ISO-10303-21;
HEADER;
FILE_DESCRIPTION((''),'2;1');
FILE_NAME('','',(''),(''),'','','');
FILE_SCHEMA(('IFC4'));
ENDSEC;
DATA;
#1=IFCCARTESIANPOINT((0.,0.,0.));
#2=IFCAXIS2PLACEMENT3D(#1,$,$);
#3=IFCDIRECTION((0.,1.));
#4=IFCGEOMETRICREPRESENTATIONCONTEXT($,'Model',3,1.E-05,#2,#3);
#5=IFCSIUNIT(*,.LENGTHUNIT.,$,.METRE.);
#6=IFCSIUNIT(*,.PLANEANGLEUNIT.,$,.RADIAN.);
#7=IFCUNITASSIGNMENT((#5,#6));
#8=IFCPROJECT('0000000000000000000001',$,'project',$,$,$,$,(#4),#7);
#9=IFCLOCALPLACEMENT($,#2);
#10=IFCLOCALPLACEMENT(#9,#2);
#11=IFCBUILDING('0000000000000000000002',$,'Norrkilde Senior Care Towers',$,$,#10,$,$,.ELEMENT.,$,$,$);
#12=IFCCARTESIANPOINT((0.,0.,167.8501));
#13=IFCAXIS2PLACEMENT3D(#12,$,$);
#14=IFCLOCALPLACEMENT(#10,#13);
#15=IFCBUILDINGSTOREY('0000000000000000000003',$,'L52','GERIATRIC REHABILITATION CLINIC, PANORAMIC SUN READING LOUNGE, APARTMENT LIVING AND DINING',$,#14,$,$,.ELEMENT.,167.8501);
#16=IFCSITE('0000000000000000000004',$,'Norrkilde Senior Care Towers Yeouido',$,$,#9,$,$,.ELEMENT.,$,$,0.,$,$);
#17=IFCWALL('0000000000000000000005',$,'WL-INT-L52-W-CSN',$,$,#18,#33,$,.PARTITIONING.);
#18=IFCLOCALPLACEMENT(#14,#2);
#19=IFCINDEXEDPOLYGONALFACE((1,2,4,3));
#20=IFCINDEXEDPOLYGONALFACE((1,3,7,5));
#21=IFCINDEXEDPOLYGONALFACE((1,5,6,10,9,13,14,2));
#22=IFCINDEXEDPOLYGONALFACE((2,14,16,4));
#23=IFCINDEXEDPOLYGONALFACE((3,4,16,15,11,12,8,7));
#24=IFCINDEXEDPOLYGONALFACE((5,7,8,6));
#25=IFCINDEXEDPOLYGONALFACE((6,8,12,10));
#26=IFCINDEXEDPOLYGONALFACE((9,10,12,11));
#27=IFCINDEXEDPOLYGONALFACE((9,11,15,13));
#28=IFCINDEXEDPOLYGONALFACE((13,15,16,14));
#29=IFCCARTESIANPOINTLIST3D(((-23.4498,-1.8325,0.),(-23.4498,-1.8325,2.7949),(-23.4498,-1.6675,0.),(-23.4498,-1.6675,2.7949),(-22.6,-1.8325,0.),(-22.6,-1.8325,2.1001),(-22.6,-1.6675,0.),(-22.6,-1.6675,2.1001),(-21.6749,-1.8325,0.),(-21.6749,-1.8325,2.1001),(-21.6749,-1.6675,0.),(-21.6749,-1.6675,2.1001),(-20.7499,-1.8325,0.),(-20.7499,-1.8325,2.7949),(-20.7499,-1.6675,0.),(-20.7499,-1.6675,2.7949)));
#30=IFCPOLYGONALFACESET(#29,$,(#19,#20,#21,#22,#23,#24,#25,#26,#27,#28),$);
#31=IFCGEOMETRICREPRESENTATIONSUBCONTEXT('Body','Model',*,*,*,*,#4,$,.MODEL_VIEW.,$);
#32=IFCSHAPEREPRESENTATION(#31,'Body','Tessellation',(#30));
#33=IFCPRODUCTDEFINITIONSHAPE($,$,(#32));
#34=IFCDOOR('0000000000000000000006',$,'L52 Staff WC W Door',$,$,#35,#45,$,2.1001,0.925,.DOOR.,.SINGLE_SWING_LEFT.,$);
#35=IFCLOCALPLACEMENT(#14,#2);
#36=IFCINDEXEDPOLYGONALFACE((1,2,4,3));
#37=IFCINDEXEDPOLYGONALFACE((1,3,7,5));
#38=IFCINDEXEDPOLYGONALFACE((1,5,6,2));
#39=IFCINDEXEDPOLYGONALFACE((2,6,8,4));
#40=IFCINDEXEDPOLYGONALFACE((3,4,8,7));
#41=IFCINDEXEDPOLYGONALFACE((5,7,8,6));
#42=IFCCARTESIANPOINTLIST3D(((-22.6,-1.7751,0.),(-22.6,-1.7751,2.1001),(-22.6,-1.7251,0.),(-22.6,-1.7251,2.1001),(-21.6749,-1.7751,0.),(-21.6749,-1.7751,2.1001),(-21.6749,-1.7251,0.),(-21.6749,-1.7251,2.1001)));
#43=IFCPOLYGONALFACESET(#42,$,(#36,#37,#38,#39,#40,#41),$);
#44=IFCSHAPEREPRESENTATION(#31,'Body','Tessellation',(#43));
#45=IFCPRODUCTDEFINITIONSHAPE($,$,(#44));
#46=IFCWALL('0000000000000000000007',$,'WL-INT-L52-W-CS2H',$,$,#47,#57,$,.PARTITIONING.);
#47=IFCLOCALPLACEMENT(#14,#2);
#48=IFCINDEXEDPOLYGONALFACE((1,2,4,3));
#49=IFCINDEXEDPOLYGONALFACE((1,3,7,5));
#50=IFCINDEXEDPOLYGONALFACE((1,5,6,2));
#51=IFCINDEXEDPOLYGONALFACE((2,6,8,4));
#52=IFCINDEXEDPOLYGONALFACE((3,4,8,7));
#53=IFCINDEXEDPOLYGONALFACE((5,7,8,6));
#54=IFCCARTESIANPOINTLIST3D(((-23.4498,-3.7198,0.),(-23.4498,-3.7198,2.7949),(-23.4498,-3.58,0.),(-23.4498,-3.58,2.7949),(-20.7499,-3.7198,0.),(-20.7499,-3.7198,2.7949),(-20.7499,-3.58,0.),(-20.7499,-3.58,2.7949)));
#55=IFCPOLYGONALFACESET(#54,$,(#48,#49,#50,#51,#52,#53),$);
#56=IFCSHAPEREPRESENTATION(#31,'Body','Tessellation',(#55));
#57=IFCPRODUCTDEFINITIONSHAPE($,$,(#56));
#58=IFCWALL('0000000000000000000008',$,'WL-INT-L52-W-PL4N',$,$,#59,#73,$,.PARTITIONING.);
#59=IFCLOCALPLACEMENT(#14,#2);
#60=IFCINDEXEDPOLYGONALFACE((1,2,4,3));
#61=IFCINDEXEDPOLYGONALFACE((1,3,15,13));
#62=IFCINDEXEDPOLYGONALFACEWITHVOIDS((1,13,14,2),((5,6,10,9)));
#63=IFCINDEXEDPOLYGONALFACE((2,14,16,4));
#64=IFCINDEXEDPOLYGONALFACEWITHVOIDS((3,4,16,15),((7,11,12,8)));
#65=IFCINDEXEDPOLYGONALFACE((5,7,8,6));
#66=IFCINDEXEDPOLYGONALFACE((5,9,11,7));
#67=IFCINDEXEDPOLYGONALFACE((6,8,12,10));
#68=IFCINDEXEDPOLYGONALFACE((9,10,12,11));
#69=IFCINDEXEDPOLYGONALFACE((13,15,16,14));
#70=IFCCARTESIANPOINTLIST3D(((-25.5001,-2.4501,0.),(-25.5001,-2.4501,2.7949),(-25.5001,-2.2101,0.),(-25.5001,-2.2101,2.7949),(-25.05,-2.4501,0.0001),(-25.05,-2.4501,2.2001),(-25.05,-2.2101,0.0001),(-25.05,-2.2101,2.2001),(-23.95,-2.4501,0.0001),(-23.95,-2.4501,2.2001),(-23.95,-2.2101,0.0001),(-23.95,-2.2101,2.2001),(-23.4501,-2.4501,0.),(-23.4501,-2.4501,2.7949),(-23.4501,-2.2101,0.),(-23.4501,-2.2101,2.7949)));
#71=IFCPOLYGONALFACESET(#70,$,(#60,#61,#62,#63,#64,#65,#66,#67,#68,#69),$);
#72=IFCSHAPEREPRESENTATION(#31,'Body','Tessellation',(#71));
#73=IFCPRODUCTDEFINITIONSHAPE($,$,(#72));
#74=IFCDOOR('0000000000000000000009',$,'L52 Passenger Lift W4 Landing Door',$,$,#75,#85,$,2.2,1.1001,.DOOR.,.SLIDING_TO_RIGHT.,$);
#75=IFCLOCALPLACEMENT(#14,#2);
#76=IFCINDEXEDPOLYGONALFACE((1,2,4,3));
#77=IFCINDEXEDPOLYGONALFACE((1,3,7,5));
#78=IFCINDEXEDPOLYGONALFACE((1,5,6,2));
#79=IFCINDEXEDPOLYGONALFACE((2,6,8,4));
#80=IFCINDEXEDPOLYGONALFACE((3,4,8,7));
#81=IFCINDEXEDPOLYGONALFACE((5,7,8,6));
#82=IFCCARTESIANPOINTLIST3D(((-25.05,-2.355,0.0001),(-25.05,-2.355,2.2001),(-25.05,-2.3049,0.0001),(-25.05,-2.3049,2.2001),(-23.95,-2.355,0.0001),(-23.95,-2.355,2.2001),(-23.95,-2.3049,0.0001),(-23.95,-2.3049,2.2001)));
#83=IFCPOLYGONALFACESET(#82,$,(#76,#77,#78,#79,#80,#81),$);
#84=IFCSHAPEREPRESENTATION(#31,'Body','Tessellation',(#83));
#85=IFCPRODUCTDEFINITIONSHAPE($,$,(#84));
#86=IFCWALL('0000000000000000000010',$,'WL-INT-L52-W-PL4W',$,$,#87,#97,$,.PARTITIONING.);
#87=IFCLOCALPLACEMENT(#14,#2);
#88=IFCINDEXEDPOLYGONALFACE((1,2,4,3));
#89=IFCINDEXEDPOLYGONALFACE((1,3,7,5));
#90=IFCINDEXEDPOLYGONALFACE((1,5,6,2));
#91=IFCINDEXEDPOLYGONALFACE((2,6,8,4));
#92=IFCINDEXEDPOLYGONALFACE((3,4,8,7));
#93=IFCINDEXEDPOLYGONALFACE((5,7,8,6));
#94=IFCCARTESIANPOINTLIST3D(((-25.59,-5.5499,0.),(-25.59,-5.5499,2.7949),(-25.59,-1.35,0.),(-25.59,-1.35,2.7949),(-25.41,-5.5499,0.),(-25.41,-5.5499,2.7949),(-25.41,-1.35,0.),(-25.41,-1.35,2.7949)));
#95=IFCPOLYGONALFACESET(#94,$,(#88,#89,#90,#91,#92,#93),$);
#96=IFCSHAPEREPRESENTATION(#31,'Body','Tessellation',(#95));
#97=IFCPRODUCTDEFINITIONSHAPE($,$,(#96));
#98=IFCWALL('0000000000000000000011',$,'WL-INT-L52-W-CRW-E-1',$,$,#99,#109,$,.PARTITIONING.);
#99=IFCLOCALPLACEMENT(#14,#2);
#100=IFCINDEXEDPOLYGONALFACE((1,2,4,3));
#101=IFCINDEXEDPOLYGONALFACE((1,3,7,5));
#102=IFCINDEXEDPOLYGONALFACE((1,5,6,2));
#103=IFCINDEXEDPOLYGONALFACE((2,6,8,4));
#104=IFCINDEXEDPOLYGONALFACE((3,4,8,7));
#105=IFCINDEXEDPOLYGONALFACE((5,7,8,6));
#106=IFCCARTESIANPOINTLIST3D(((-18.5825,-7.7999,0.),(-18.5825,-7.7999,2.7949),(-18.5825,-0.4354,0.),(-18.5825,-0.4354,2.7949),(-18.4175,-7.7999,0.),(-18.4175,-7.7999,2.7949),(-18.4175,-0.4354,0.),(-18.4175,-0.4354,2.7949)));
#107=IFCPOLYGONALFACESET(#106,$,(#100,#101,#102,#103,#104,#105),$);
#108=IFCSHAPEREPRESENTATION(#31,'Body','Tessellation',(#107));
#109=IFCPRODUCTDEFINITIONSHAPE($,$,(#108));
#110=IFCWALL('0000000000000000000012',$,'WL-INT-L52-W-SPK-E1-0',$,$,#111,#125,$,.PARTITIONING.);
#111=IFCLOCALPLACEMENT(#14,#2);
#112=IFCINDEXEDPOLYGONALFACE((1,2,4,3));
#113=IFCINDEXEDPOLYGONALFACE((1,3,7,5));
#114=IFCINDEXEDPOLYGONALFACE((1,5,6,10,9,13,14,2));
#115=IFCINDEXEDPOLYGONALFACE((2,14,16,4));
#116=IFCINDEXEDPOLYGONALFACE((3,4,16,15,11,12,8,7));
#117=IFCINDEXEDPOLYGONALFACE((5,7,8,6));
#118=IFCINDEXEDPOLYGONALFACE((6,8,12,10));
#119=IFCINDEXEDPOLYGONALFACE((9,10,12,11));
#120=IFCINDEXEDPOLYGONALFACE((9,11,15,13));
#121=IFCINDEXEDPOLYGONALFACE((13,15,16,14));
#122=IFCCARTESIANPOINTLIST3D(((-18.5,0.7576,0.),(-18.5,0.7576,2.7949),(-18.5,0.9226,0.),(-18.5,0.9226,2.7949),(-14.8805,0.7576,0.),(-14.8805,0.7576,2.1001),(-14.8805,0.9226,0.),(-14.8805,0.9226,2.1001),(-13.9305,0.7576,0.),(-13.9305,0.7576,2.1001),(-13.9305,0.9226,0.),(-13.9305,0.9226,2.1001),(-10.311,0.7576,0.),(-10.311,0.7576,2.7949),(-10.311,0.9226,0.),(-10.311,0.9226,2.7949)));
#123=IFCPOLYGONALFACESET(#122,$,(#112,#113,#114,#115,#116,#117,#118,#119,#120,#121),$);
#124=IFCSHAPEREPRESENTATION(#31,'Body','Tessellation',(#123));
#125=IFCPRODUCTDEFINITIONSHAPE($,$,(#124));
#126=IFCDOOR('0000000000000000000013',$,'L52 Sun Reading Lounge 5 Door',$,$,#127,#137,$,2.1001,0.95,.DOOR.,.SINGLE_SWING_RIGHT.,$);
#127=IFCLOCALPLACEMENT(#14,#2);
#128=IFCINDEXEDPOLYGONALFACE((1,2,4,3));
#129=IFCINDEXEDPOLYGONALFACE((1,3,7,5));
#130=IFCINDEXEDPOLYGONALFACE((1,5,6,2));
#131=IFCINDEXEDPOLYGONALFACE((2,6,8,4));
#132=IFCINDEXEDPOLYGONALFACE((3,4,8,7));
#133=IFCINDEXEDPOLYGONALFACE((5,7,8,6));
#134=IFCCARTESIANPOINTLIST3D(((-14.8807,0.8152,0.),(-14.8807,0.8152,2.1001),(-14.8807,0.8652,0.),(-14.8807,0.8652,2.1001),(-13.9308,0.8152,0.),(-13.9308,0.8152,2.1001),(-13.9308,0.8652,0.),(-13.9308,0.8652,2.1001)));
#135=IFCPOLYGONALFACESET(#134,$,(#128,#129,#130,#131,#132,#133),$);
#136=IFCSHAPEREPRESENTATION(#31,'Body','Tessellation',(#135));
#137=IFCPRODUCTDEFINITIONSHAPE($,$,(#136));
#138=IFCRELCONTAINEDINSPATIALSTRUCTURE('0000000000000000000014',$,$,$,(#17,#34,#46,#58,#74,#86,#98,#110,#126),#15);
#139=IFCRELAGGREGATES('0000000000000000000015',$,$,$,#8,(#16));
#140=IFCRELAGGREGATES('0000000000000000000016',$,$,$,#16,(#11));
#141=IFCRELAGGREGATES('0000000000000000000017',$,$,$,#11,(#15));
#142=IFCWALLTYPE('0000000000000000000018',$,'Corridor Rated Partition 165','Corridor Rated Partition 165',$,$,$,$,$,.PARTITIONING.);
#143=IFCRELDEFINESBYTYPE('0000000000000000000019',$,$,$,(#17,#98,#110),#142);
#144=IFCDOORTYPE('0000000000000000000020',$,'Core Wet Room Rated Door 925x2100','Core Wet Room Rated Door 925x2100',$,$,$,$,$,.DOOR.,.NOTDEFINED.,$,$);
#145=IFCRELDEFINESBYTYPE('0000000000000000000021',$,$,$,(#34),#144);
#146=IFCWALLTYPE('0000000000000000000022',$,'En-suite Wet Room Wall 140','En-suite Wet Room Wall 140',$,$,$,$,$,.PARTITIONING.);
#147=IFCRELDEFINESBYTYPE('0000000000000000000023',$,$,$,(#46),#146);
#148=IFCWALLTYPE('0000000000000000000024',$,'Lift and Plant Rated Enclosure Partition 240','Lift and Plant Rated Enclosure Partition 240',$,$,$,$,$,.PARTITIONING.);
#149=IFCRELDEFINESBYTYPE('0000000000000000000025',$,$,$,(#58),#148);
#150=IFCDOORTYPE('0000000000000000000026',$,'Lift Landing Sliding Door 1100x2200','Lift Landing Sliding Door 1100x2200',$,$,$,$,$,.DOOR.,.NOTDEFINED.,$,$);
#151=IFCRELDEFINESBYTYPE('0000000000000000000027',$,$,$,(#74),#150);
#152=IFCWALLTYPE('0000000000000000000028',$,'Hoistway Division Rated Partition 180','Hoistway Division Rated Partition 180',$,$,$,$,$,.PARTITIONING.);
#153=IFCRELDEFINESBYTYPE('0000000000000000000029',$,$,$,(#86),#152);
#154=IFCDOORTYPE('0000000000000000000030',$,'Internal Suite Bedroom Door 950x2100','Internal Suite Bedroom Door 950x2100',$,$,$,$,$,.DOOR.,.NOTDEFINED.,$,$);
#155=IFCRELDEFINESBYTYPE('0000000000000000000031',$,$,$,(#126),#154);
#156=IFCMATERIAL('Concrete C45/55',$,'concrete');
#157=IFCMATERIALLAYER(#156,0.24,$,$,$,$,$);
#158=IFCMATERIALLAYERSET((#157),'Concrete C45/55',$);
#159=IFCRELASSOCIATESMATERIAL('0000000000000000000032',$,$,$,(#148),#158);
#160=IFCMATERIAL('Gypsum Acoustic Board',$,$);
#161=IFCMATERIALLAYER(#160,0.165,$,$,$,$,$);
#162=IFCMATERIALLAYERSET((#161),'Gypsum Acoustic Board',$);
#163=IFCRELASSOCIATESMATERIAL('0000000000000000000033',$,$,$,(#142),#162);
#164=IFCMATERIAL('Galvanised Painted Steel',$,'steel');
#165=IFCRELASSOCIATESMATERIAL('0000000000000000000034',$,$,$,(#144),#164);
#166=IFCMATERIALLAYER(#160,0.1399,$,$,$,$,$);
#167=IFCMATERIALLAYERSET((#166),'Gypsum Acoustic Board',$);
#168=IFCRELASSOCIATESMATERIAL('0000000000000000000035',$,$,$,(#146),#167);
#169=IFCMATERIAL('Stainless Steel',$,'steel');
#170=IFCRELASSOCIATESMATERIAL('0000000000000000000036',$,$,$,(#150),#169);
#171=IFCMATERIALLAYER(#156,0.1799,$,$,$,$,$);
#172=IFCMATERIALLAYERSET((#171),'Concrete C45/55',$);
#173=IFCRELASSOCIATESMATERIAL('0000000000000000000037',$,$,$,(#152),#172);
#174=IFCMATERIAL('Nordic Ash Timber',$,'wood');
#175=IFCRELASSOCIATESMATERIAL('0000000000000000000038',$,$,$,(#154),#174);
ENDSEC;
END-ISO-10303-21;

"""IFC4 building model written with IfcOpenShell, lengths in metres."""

from ifc_helpers import new_model, si_unit, direction, frame, frame_2d, origin, place, context, subcontext, project, spatial, rectangle, extrude, source, transform, mapped, material, layer, layer_set, type_object, type_shapes, element, fill, save


model = new_model("IFC4")

# Units and contexts
model_context = context("Model", 3, precision=1e-05, world=origin(), true_north=direction((0.0, 1.0)))
body_context = subcontext(model_context, "Body", "Model", "MODEL_VIEW")
ifc_project = project(units=[si_unit("LENGTHUNIT", "METRE"), si_unit("PLANEANGLEUNIT", "RADIAN")], contexts=[model_context])

# Site, building, storey
site_placement = place(None, origin())
site = spatial("IfcSite", under=ifc_project, at=site_placement, Name="Norrkilde Senior Care Towers Yeouido", CompositionType="ELEMENT", RefElevation=0.0)
building_placement = place(site_placement, origin())
building = spatial("IfcBuilding", under=site, at=building_placement, Name="Norrkilde Senior Care Towers", CompositionType="ELEMENT")
storey_placement = place(building_placement, frame((0.0, 0.0, 167.8501)))
storey = spatial("IfcBuildingStorey", under=building, at=storey_placement, Name="L52", Description="GERIATRIC REHABILITATION CLINIC, PANORAMIC SUN READING LOUNGE, APARTMENT LIVING AND DINING", CompositionType="ELEMENT", Elevation=167.8501)

# Shared definitions
ifc_material_1 = material(Name="Concrete C45/55", Category="concrete")
ifc_layer_1 = layer(ifc_material_1, 0.24)
ifc_layer_set_1 = layer_set([ifc_layer_1], Name="Concrete C45/55")
wall_type_1 = type_object("IfcWallType", Name="Lift and Plant Rated Enclosure Partition 240", Description="Lift and Plant Rated Enclosure Partition 240", PredefinedType="PARTITIONING", material=ifc_layer_set_1)
ifc_material_2 = material(Name="Stainless Steel", Category="steel")

# Shared definitions
ifc_material_3 = material(Name="Galvanised Painted Steel", Category="steel")

# Wall, opening, door
ifc_material_4 = material(Name="Gypsum Acoustic Board")
ifc_layer_2 = layer(ifc_material_4, 0.165)
ifc_layer_set_2 = layer_set([ifc_layer_2], Name="Gypsum Acoustic Board")
wall_type_2 = type_object("IfcWallType", Name="Corridor Rated Partition 165", Description="Corridor Rated Partition 165", PredefinedType="PARTITIONING", material=ifc_layer_set_2)
shared_shape_1 = source(origin(), body_context, "Body", "SweptSolid", [
    extrude(rectangle(XDim=2.7, YDim=0.165, at=frame_2d((1.3501, 0.0))), origin(), (0.0, 0.0, 1.0), 2.7949),
])
wall_1_placement = place(storey_placement, frame((-23.45, -1.75, 0.0), z_axis=(0.0, 0.0, 1.0), x_axis=(1.0, 0.0, 0.0)))
wall_1 = element("IfcWall", 1, at=wall_1_placement, inside=storey, type_object=wall_type_2, Name="WL-INT-L52-W-CSN", PredefinedType="PARTITIONING", context=body_context, shape_type="MappedRepresentation", body=[
    mapped(shared_shape_1, transform((0.0, 0.0, 0.0), x_axis=(1.0, 0.0, 0.0), y_axis=(0.0, 1.0, 0.0), z_axis=(0.0, 0.0, 1.0), scale=1.0)),
])
opening_1_placement = place(wall_1_placement, frame((0.8501, 0.0, 0.0)))
opening_1 = element("IfcOpeningElement", 2, at=opening_1_placement, cuts=wall_1, PredefinedType="OPENING", context=body_context, shape_type="SweptSolid", body=[
    extrude(rectangle(XDim=0.925, YDim=2.1001, at=frame_2d((0.4624, 1.05))), frame((0.0, 0.0925, 0.0), z_axis=(0.0, -1.0, 0.0), x_axis=(1.0, 0.0, 0.0)), (0.0, 0.0, 1.0), 0.1851),
])
door_type_1 = type_object("IfcDoorType", Name="Core Wet Room Rated Door 925x2100", Description="Core Wet Room Rated Door 925x2100", OperationType="NOTDEFINED", PredefinedType="DOOR", material=ifc_material_3)
shared_shape_2 = source(origin(), body_context, "Body", "SweptSolid", [
    extrude(rectangle(XDim=0.925, YDim=2.1001, at=frame_2d((0.4624, 1.05))), frame((0.0, 0.0249, 0.0), z_axis=(0.0, -1.0, 0.0), x_axis=(1.0, 0.0, 0.0)), (0.0, 0.0, 1.0), 0.05),
])
type_shapes(door_type_1, [shared_shape_2])
door_1_placement = place(opening_1_placement, origin())
door_1 = element("IfcDoor", 3, at=door_1_placement, inside=storey, type_object=door_type_1, Name="L52 Staff WC W Door", OperationType="SINGLE_SWING_LEFT", OverallHeight=2.1001, OverallWidth=0.925, PredefinedType="DOOR", context=body_context, shape_type="MappedRepresentation", body=[
    mapped(shared_shape_2, transform((0.0, 0.0, 0.0), x_axis=(1.0, 0.0, 0.0), y_axis=(0.0, 1.0, 0.0), z_axis=(0.0, 0.0, 1.0), scale=1.0)),
])
fill(opening_1, door_1)

# Wall
ifc_layer_3 = layer(ifc_material_4, 0.1399)
ifc_layer_set_3 = layer_set([ifc_layer_3], Name="Gypsum Acoustic Board")
wall_type_3 = type_object("IfcWallType", Name="En-suite Wet Room Wall 140", Description="En-suite Wet Room Wall 140", PredefinedType="PARTITIONING", material=ifc_layer_set_3)
shared_shape_3 = source(origin(), body_context, "Body", "SweptSolid", [
    extrude(rectangle(XDim=2.7, YDim=0.1399, at=frame_2d((1.3501, 0.0))), origin(), (0.0, 0.0, 1.0), 2.7949),
])
type_shapes(wall_type_3, [shared_shape_3])
wall_2_placement = place(storey_placement, frame((-23.45, -3.6499, 0.0), z_axis=(0.0, 0.0, 1.0), x_axis=(1.0, 0.0, 0.0)))
element("IfcWall", 4, at=wall_2_placement, inside=storey, type_object=wall_type_3, Name="WL-INT-L52-W-CS2H", PredefinedType="PARTITIONING", context=body_context, shape_type="MappedRepresentation", body=[
    mapped(shared_shape_3, transform((0.0, 0.0, 0.0), x_axis=(1.0, 0.0, 0.0), y_axis=(0.0, 1.0, 0.0), z_axis=(0.0, 0.0, 1.0), scale=1.0)),
])

# Wall, opening, door
shared_shape_4 = source(origin(), body_context, "Body", "SweptSolid", [
    extrude(rectangle(XDim=2.05, YDim=0.24, at=frame_2d((1.0249, 0.0))), origin(), (0.0, 0.0, 1.0), 2.7949),
])
wall_3_placement = place(storey_placement, frame((-25.5, -2.3301, 0.0), z_axis=(0.0, 0.0, 1.0), x_axis=(1.0, 0.0, 0.0)))
wall_3 = element("IfcWall", 5, at=wall_3_placement, inside=storey, type_object=wall_type_1, Name="WL-INT-L52-W-PL4N", PredefinedType="PARTITIONING", context=body_context, shape_type="MappedRepresentation", body=[
    mapped(shared_shape_4, transform((0.0, 0.0, 0.0), x_axis=(1.0, 0.0, 0.0), y_axis=(0.0, 1.0, 0.0), z_axis=(0.0, 0.0, 1.0), scale=1.0)),
])
opening_2_placement = place(wall_3_placement, frame((0.45, 0.0, 0.0)))
opening_2 = element("IfcOpeningElement", 6, at=opening_2_placement, cuts=wall_3, PredefinedType="OPENING", context=body_context, shape_type="SweptSolid", body=[
    extrude(rectangle(XDim=1.1001, YDim=2.2, at=frame_2d((0.55, 1.1001))), frame((0.0, 0.1299, 0.0), z_axis=(0.0, -1.0, 0.0), x_axis=(1.0, 0.0, 0.0)), (0.0, 0.0, 1.0), 0.26),
])
door_type_2 = type_object("IfcDoorType", Name="Lift Landing Sliding Door 1100x2200", Description="Lift Landing Sliding Door 1100x2200", OperationType="NOTDEFINED", PredefinedType="DOOR", material=ifc_material_2)
shared_shape_5 = source(origin(), body_context, "Body", "SweptSolid", [
    extrude(rectangle(XDim=1.1001, YDim=2.2, at=frame_2d((0.55, 1.1001))), frame((0.0, 0.0249, 0.0), z_axis=(0.0, -1.0, 0.0), x_axis=(1.0, 0.0, 0.0)), (0.0, 0.0, 1.0), 0.05),
])
type_shapes(door_type_2, [shared_shape_5])
door_2_placement = place(opening_2_placement, frame((1.1001, 0.0, 0.0), z_axis=(0.0, 0.0, 1.0), x_axis=(-1.0, 0.0, 0.0)))
door_2 = element("IfcDoor", 7, at=door_2_placement, inside=storey, type_object=door_type_2, Name="L52 Passenger Lift W4 Landing Door", OperationType="SLIDING_TO_RIGHT", OverallHeight=2.2, OverallWidth=1.1001, PredefinedType="DOOR", context=body_context, shape_type="MappedRepresentation", body=[
    mapped(shared_shape_5, transform((0.0, 0.0, 0.0), x_axis=(1.0, 0.0, 0.0), y_axis=(0.0, 1.0, 0.0), z_axis=(0.0, 0.0, 1.0), scale=1.0)),
])
fill(opening_2, door_2)

# Walls
ifc_layer_4 = layer(ifc_material_1, 0.1799)
ifc_layer_set_4 = layer_set([ifc_layer_4], Name="Concrete C45/55")
wall_type_4 = type_object("IfcWallType", Name="Hoistway Division Rated Partition 180", Description="Hoistway Division Rated Partition 180", PredefinedType="PARTITIONING", material=ifc_layer_set_4)
shared_shape_6 = source(origin(), body_context, "Body", "SweptSolid", [
    extrude(rectangle(XDim=4.2, YDim=0.1799, at=frame_2d((2.1001, 0.0))), origin(), (0.0, 0.0, 1.0), 2.7949),
])
type_shapes(wall_type_4, [shared_shape_6])
wall_4_placement = place(storey_placement, frame((-25.5, -5.55, 0.0), z_axis=(0.0, 0.0, 1.0), x_axis=(0.0, 1.0, 0.0)))
element("IfcWall", 8, at=wall_4_placement, inside=storey, type_object=wall_type_4, Name="WL-INT-L52-W-PL4W", PredefinedType="PARTITIONING", context=body_context, shape_type="MappedRepresentation", body=[
    mapped(shared_shape_6, transform((0.0, 0.0, 0.0), x_axis=(1.0, 0.0, 0.0), y_axis=(0.0, 1.0, 0.0), z_axis=(0.0, 0.0, 1.0), scale=1.0)),
])
shared_shape_7 = source(origin(), body_context, "Body", "SweptSolid", [
    extrude(rectangle(XDim=7.3645, YDim=0.165, at=frame_2d((3.6821, 0.0))), origin(), (0.0, 0.0, 1.0), 2.7949),
])
wall_5_placement = place(storey_placement, frame((-18.5, -0.4355, 0.0), z_axis=(0.0, 0.0, 1.0), x_axis=(0.0, -1.0, 0.0)))
element("IfcWall", 9, at=wall_5_placement, inside=storey, type_object=wall_type_2, Name="WL-INT-L52-W-CRW-E-1", PredefinedType="PARTITIONING", context=body_context, shape_type="MappedRepresentation", body=[
    mapped(shared_shape_7, transform((0.0, 0.0, 0.0), x_axis=(1.0, 0.0, 0.0), y_axis=(0.0, 1.0, 0.0), z_axis=(0.0, 0.0, 1.0), scale=1.0)),
])

# Wall, opening, door
shared_shape_8 = source(origin(), body_context, "Body", "SweptSolid", [
    extrude(rectangle(XDim=8.189, YDim=0.165, at=frame_2d((4.0945, 0.0))), origin(), (0.0, 0.0, 1.0), 2.7949),
])
type_shapes(wall_type_2, [shared_shape_1, shared_shape_7, shared_shape_8])
wall_6_placement = place(storey_placement, frame((-18.5, 0.8401, 0.0), z_axis=(0.0, 0.0, 1.0), x_axis=(1.0, 0.0, 0.0)))
wall_6 = element("IfcWall", 10, at=wall_6_placement, inside=storey, type_object=wall_type_2, Name="WL-INT-L52-W-SPK-E1-0", PredefinedType="PARTITIONING", context=body_context, shape_type="MappedRepresentation", body=[
    mapped(shared_shape_8, transform((0.0, 0.0, 0.0), x_axis=(1.0, 0.0, 0.0), y_axis=(0.0, 1.0, 0.0), z_axis=(0.0, 0.0, 1.0), scale=1.0)),
])
opening_3_placement = place(wall_6_placement, frame((3.6194, 0.0, 0.0)))
opening_3 = element("IfcOpeningElement", 11, at=opening_3_placement, cuts=wall_6, PredefinedType="OPENING", context=body_context, shape_type="SweptSolid", body=[
    extrude(rectangle(XDim=0.95, YDim=2.1001, at=frame_2d((0.4751, 1.05))), frame((0.0, 0.0925, 0.0), z_axis=(0.0, -1.0, 0.0), x_axis=(1.0, 0.0, 0.0)), (0.0, 0.0, 1.0), 0.1851),
])
ifc_material_5 = material(Name="Nordic Ash Timber", Category="wood")
door_type_3 = type_object("IfcDoorType", Name="Internal Suite Bedroom Door 950x2100", Description="Internal Suite Bedroom Door 950x2100", OperationType="NOTDEFINED", PredefinedType="DOOR", material=ifc_material_5)
shared_shape_9 = source(origin(), body_context, "Body", "SweptSolid", [
    extrude(rectangle(XDim=0.95, YDim=2.1001, at=frame_2d((0.4751, 1.05))), frame((0.0, 0.0249, 0.0), z_axis=(0.0, -1.0, 0.0), x_axis=(1.0, 0.0, 0.0)), (0.0, 0.0, 1.0), 0.05),
])
type_shapes(door_type_3, [shared_shape_9])
door_3_placement = place(opening_3_placement, frame((0.95, 0.0, 0.0), z_axis=(0.0, 0.0, 1.0), x_axis=(-1.0, 0.0, 0.0)))
door_3 = element("IfcDoor", 12, at=door_3_placement, inside=storey, type_object=door_type_3, Name="L52 Sun Reading Lounge 5 Door", OperationType="SINGLE_SWING_RIGHT", OverallHeight=2.1001, OverallWidth=0.95, PredefinedType="DOOR", context=body_context, shape_type="MappedRepresentation", body=[
    mapped(shared_shape_9, transform((0.0, 0.0, 0.0), x_axis=(1.0, 0.0, 0.0), y_axis=(0.0, 1.0, 0.0), z_axis=(0.0, 0.0, 1.0), scale=1.0)),
])
fill(opening_3, door_3)

save(model, "model.ifc")
